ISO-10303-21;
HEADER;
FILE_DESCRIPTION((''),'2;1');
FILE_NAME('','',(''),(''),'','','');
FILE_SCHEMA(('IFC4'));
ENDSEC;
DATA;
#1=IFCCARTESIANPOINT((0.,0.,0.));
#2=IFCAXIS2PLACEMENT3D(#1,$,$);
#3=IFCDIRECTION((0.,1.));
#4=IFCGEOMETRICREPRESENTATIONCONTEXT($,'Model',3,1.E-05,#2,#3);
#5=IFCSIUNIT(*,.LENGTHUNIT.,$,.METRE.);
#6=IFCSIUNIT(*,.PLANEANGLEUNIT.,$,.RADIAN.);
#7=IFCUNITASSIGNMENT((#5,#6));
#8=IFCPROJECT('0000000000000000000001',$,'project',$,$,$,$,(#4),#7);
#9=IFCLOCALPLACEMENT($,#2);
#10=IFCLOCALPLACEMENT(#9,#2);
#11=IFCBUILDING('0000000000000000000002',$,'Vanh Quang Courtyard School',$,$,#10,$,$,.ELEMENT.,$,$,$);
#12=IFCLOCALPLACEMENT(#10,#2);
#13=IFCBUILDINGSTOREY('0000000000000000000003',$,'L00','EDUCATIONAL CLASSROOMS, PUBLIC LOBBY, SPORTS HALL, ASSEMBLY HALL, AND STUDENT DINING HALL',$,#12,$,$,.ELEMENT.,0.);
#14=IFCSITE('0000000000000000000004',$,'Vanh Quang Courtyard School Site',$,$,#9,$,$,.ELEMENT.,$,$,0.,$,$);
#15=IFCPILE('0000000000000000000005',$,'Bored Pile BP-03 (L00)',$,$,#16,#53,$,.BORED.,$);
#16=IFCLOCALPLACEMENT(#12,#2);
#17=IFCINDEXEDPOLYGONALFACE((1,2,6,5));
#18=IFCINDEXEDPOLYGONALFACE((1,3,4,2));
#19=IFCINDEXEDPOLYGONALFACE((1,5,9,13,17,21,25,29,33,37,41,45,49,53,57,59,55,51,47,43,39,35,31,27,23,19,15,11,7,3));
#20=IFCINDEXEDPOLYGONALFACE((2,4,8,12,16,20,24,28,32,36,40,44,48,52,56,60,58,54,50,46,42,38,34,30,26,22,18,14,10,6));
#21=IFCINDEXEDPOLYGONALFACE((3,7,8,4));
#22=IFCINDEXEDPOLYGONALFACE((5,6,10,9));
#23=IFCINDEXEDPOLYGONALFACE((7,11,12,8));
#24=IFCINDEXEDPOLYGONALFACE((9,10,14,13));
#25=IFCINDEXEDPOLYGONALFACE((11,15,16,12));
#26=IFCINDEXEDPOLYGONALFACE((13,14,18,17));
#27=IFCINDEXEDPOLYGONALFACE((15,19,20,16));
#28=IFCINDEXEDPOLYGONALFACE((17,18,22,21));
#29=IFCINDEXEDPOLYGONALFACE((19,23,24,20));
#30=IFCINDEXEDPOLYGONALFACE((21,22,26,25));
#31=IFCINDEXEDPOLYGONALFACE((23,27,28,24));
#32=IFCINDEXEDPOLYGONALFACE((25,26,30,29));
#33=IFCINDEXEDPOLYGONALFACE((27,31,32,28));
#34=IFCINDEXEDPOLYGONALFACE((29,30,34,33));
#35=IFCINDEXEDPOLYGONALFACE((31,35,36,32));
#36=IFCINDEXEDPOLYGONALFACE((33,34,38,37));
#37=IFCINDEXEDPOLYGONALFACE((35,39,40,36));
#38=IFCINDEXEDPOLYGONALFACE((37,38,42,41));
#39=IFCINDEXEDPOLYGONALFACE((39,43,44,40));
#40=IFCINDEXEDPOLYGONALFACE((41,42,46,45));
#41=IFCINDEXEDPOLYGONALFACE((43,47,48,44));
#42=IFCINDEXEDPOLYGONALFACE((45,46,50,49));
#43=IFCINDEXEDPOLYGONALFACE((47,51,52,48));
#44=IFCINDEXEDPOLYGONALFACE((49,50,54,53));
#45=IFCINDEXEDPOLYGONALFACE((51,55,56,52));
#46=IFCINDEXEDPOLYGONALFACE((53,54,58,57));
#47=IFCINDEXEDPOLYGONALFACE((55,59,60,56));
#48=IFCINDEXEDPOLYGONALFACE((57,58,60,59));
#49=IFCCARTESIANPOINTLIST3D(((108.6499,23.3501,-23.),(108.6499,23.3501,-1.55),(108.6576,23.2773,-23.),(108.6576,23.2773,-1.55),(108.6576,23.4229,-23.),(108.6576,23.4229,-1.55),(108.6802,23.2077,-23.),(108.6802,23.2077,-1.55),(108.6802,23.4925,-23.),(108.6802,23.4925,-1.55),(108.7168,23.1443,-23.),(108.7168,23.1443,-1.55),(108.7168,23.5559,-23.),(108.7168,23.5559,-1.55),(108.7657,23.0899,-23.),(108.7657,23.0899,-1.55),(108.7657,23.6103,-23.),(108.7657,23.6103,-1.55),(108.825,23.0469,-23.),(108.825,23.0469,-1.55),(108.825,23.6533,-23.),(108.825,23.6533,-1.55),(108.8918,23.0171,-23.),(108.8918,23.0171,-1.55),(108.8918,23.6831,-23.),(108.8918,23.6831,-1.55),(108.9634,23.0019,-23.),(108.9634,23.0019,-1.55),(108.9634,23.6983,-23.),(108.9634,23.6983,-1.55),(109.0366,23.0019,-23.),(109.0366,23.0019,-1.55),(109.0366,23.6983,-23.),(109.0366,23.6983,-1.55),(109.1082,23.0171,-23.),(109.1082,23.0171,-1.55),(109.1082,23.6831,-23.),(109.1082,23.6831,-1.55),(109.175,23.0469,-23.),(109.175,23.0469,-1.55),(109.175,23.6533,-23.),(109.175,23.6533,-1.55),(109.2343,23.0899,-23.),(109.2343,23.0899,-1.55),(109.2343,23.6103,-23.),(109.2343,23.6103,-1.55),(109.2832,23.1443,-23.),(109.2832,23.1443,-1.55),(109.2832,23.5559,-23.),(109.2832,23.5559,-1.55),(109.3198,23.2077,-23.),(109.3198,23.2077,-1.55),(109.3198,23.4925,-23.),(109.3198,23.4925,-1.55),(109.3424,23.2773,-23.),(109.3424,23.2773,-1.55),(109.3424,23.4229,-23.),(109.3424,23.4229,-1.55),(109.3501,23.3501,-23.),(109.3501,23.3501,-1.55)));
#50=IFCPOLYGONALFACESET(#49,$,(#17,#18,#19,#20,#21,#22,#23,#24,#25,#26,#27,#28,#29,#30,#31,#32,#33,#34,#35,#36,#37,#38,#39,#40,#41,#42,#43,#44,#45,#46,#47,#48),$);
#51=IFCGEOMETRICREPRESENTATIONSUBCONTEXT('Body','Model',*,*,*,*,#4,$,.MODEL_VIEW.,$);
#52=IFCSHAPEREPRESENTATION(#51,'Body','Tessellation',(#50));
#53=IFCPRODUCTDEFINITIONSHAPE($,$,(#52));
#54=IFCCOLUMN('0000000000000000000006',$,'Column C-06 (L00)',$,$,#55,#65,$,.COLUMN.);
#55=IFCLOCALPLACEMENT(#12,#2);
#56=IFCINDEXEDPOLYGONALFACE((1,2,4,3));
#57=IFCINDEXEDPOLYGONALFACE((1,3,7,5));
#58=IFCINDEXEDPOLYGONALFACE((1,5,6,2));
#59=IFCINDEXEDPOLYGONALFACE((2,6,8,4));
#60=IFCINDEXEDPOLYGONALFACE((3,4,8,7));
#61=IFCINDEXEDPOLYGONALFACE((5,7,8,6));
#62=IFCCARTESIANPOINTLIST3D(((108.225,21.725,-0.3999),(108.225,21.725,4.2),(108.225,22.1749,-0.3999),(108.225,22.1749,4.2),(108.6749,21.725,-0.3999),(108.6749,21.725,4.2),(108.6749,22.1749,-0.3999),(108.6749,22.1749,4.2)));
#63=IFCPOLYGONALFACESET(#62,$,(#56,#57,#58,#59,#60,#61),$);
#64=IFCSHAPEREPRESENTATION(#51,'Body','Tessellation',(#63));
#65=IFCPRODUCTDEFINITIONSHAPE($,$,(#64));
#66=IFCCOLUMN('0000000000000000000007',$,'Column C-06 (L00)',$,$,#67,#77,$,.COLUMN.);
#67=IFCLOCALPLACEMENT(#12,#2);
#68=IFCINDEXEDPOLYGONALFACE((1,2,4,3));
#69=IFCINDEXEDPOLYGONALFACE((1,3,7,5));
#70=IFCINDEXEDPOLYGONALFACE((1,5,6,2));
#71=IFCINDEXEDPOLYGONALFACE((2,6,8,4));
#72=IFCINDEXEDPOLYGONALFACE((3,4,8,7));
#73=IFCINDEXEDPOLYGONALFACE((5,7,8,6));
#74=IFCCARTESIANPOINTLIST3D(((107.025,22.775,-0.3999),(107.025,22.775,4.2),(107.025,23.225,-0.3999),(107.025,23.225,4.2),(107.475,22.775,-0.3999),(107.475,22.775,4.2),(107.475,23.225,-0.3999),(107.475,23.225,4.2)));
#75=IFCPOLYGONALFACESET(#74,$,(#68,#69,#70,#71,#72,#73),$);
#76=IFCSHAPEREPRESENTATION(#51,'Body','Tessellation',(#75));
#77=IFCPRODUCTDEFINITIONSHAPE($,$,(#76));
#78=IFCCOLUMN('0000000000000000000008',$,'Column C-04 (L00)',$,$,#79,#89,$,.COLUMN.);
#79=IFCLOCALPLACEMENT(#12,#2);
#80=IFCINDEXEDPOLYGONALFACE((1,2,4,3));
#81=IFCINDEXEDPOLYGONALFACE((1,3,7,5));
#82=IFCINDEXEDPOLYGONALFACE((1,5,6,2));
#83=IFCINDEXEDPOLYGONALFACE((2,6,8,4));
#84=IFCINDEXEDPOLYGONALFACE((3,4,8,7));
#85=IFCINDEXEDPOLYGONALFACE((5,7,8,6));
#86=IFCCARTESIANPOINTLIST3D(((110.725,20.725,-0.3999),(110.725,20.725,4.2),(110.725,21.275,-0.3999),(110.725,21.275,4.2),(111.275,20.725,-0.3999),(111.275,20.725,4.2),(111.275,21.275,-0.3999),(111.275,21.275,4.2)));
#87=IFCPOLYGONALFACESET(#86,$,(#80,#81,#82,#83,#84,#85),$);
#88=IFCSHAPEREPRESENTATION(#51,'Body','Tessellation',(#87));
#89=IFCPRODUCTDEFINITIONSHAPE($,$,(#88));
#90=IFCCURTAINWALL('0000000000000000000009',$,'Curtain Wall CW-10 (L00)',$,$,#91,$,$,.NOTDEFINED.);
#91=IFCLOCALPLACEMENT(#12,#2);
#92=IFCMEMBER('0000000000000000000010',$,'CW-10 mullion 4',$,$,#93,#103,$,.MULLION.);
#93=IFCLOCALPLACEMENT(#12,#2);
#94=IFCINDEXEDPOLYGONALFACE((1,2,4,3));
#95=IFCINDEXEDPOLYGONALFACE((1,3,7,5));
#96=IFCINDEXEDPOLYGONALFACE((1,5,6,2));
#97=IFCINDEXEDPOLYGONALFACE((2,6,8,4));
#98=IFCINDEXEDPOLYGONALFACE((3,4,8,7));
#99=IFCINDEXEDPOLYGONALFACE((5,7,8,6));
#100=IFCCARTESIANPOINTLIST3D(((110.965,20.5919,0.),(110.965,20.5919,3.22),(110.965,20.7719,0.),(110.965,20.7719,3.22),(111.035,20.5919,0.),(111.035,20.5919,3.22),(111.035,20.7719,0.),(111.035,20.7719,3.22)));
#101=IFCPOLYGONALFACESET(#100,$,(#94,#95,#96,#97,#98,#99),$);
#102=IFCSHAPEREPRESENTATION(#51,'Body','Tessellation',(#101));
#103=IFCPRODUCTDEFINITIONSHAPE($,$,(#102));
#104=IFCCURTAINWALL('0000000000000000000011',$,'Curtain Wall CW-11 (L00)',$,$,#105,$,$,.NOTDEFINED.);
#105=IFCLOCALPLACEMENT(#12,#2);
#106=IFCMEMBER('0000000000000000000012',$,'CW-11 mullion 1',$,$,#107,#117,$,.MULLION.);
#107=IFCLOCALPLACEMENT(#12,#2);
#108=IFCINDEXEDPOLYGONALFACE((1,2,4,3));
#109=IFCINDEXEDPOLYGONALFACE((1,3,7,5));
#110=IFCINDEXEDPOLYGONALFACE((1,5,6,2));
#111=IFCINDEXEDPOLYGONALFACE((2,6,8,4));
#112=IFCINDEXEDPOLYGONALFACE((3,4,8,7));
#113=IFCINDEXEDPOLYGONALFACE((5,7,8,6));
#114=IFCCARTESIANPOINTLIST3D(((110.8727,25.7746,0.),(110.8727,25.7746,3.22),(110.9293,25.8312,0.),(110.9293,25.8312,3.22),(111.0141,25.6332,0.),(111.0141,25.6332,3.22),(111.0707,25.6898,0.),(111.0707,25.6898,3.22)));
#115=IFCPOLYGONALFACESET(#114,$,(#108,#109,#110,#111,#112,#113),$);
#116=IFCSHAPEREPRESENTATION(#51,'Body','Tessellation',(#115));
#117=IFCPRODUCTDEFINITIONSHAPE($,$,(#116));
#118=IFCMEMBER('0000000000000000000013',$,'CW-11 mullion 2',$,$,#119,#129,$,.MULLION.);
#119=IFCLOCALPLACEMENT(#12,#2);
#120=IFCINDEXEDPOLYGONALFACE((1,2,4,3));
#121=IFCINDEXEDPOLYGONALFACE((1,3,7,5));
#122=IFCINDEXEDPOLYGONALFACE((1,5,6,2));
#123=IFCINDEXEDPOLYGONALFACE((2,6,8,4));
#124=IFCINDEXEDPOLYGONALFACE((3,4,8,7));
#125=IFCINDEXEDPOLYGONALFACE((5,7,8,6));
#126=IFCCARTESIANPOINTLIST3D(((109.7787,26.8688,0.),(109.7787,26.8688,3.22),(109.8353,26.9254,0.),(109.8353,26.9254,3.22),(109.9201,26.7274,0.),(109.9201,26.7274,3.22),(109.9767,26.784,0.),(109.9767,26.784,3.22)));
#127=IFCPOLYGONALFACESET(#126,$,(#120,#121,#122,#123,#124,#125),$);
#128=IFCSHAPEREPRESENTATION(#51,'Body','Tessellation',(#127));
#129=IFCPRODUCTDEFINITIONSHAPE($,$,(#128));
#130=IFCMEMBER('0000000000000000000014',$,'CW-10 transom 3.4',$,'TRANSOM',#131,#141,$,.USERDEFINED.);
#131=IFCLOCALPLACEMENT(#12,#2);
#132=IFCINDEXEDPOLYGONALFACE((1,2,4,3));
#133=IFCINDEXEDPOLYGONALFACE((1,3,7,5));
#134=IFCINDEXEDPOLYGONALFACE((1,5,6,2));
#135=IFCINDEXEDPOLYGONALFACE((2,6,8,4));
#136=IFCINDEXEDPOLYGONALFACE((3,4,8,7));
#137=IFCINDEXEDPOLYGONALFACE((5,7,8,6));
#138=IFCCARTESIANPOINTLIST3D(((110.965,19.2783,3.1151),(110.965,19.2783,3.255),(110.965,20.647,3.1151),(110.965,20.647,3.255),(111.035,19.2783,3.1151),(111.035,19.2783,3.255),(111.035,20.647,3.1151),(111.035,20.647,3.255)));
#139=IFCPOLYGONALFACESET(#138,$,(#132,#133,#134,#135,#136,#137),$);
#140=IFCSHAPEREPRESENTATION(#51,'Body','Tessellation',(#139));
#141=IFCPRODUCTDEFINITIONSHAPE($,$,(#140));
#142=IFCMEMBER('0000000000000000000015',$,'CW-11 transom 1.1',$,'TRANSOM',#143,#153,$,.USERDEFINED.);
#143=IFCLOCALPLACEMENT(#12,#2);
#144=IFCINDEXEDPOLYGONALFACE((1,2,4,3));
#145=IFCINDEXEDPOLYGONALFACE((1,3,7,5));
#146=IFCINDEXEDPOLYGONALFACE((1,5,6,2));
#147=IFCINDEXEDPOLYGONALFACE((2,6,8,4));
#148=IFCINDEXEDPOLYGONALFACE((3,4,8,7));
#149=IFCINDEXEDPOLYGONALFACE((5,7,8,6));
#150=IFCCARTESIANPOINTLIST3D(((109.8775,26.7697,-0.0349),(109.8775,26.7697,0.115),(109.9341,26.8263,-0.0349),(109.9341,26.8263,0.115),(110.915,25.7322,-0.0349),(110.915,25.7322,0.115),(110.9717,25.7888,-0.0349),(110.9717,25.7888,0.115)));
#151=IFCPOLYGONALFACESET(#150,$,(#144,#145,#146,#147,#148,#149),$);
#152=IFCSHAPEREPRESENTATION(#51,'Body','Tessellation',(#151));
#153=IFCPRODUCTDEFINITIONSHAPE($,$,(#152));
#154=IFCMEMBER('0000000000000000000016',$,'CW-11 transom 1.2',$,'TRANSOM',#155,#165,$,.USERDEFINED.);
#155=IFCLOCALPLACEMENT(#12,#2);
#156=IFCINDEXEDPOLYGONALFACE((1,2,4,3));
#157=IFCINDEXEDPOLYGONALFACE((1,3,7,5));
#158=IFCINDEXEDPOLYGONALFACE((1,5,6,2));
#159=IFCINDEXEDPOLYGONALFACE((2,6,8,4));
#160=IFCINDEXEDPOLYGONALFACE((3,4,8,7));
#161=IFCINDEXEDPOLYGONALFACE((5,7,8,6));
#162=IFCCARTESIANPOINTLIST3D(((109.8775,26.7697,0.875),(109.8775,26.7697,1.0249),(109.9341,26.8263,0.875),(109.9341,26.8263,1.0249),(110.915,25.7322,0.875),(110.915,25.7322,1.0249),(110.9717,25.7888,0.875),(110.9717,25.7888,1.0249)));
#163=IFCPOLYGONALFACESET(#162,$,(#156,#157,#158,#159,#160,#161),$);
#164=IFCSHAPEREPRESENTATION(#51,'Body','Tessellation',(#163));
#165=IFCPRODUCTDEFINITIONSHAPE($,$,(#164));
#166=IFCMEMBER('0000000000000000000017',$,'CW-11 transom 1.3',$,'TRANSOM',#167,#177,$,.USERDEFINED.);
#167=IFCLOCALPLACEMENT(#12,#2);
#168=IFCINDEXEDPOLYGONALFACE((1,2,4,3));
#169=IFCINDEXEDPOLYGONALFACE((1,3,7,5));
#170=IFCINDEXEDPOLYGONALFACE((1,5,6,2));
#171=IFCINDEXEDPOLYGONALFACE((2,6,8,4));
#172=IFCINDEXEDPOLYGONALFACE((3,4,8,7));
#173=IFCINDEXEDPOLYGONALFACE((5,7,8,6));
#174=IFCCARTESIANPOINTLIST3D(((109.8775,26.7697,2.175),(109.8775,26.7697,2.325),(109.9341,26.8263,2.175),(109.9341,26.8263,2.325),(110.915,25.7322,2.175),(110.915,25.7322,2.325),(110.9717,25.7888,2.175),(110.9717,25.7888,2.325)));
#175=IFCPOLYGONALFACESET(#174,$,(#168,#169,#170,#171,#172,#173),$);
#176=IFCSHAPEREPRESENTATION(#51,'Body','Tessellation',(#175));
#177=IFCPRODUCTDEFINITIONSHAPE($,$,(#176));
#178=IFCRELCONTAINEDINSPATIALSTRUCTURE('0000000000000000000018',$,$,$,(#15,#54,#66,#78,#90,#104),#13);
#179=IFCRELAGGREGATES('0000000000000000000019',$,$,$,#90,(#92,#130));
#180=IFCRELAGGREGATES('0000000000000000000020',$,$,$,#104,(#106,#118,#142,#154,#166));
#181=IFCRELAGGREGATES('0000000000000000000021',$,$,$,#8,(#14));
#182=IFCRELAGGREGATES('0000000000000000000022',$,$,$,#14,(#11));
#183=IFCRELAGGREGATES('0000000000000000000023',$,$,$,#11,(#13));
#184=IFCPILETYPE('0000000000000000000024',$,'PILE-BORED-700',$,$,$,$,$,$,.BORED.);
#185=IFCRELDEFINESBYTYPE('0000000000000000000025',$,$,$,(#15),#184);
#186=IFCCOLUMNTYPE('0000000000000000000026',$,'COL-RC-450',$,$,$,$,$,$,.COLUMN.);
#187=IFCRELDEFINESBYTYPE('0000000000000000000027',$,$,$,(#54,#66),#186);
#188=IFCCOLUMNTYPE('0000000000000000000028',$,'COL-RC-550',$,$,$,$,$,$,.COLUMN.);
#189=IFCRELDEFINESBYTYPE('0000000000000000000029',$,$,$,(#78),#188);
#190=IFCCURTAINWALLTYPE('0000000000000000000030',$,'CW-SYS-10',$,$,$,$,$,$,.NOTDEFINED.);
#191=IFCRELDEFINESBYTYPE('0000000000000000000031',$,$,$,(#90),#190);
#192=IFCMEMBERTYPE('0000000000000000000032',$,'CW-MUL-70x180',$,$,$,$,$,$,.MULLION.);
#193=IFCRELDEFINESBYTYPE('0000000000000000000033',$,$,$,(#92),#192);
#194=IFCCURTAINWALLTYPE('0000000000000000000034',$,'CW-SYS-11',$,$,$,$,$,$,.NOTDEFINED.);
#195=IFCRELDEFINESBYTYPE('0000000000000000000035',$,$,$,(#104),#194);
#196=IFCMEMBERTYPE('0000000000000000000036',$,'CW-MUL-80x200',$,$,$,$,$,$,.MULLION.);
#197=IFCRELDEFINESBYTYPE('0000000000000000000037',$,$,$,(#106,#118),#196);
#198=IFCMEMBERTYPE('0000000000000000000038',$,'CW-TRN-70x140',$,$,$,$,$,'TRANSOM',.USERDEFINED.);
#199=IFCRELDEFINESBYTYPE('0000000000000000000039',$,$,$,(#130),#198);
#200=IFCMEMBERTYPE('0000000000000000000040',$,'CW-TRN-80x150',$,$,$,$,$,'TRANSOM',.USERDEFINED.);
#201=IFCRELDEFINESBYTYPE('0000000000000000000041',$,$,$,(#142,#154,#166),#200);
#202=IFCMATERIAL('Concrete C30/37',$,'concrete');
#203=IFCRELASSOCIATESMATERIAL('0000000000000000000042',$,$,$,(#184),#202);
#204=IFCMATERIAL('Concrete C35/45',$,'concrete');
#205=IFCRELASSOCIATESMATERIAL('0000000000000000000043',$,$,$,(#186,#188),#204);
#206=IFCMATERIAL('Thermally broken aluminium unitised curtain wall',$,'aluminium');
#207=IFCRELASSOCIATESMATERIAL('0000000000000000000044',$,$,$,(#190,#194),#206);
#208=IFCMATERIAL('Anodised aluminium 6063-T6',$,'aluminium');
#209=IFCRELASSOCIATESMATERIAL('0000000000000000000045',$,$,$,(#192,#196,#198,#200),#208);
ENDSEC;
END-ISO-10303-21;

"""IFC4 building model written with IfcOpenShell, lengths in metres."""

from ifc_helpers import new_model, si_unit, direction, frame, origin, origin_2d, place, context, subcontext, project, spatial, rectangle, circle, extrude, material, material_profile, profile_set, type_object, element, aggregate, save


model = new_model("IFC4")

# Units and contexts
model_context = context("Model", 3, precision=1e-05, world=origin(), true_north=direction((0.0, 1.0)))
body_context = subcontext(model_context, "Body", "Model", "MODEL_VIEW")
ifc_project = project(units=[si_unit("LENGTHUNIT", "METRE"), si_unit("PLANEANGLEUNIT", "RADIAN")], contexts=[model_context])

# Site, building, storey
site_placement = place(None, origin())
site = spatial("IfcSite", under=ifc_project, at=site_placement, Name="Vanh Quang Courtyard School Site", CompositionType="ELEMENT", RefElevation=0.0)
building_placement = place(site_placement, origin())
building = spatial("IfcBuilding", under=site, at=building_placement, Name="Vanh Quang Courtyard School", CompositionType="ELEMENT")
storey_placement = place(building_placement, origin())
storey = spatial("IfcBuildingStorey", under=building, at=storey_placement, Name="L00", Description="EDUCATIONAL CLASSROOMS, PUBLIC LOBBY, SPORTS HALL, ASSEMBLY HALL, AND STUDENT DINING HALL", CompositionType="ELEMENT", Elevation=0.0)

# Shared definitions
ifc_material_1 = material(Name="Concrete C35/45", Category="concrete")

# Pile
ifc_material_2 = material(Name="Concrete C30/37", Category="concrete")
ifc_material_profile_1 = material_profile(ifc_material_2, circle(Radius=0.3501, at=origin_2d()), Name="PILE D700")
ifc_profile_set_1 = profile_set([ifc_material_profile_1], Name="Concrete C30/37")
pile_type_1 = type_object("IfcPileType", Name="PILE-BORED-700", PredefinedType="BORED", material=ifc_profile_set_1)
for number, where, z_axis, x_axis, name in (
    (1, (109.0, 23.3501, -1.55), (0.0, 0.0, -1.0), (1.0, 0.0, 0.0), "Bored Pile BP-03 (L00)"),
):
    element("IfcPile", number, at=place(storey_placement, frame(where, z_axis=z_axis, x_axis=x_axis)), inside=storey, type_object=pile_type_1, Name=name, PredefinedType="BORED", context=body_context, shape_type="SweptSolid", body=[
        extrude(circle(Radius=0.3501, at=origin_2d()), origin(), (0.0, 0.0, 1.0), 21.45),
    ])

# Columns
ifc_material_profile_2 = material_profile(ifc_material_1, rectangle(XDim=0.45, YDim=0.45, at=origin_2d()), Name="RC-COL 450x450")
ifc_profile_set_2 = profile_set([ifc_material_profile_2], Name="Concrete C35/45")
column_type_1 = type_object("IfcColumnType", Name="COL-RC-450", PredefinedType="COLUMN", material=ifc_profile_set_2)
for number, where, z_axis, x_axis, name in (
    (2, (108.45, 21.95, -0.3999), (0.0, 0.0, 1.0), (1.0, 0.0, 0.0), "Column C-06 (L00)"),
    (3, (107.25, 23.0, -0.3999), (0.0, 0.0, 1.0), (1.0, 0.0, 0.0), "Column C-06 (L00)"),
):
    element("IfcColumn", number, at=place(storey_placement, frame(where, z_axis=z_axis, x_axis=x_axis)), inside=storey, type_object=column_type_1, Name=name, PredefinedType="COLUMN", context=body_context, shape_type="SweptSolid", body=[
        extrude(rectangle(XDim=0.45, YDim=0.45, at=origin_2d()), origin(), (0.0, 0.0, 1.0), 4.5999),
    ])
ifc_material_profile_3 = material_profile(ifc_material_1, rectangle(XDim=0.55, YDim=0.55, at=origin_2d()), Name="RC-COL 550x550")
ifc_profile_set_3 = profile_set([ifc_material_profile_3], Name="Concrete C35/45")
column_type_2 = type_object("IfcColumnType", Name="COL-RC-550", PredefinedType="COLUMN", material=ifc_profile_set_3)
column_placement = place(storey_placement, frame((111.0, 21.0, -0.3999), z_axis=(0.0, 0.0, 1.0), x_axis=(1.0, 0.0, 0.0)))
element("IfcColumn", 4, at=column_placement, inside=storey, type_object=column_type_2, Name="Column C-04 (L00)", PredefinedType="COLUMN", context=body_context, shape_type="SweptSolid", body=[
    extrude(rectangle(XDim=0.55, YDim=0.55, at=origin_2d()), origin(), (0.0, 0.0, 1.0), 4.5999),
])

# Curtain wall, member
ifc_material_3 = material(Name="Thermally broken aluminium unitised curtain wall", Category="aluminium")
curtain_wall_type_1 = type_object("IfcCurtainWallType", Name="CW-SYS-10", PredefinedType="NOTDEFINED", material=ifc_material_3)
curtain_wall_1_placement = place(storey_placement, origin())
curtain_wall_1 = element("IfcCurtainWall", 5, at=curtain_wall_1_placement, inside=storey, type_object=curtain_wall_type_1, Name="Curtain Wall CW-10 (L00)", PredefinedType="NOTDEFINED")
ifc_material_4 = material(Name="Anodised aluminium 6063-T6", Category="aluminium")
ifc_material_profile_4 = material_profile(ifc_material_4, rectangle(XDim=0.0701, YDim=0.1799, at=origin_2d()), Name="ALU-MUL 70x180")
ifc_profile_set_4 = profile_set([ifc_material_profile_4], Name="Anodised aluminium 6063-T6")
member_type_1 = type_object("IfcMemberType", Name="CW-MUL-70x180", PredefinedType="MULLION", material=ifc_profile_set_4)
member_1_placement = place(storey_placement, frame((111.0, 20.6819, 0.0), z_axis=(0.0, 0.0, 1.0), x_axis=(-1.0, 0.0, 0.0)))
member_1 = element("IfcMember", 6, at=member_1_placement, type_object=member_type_1, Name="CW-10 mullion 4", PredefinedType="MULLION", context=body_context, shape_type="SweptSolid", body=[
    extrude(rectangle(XDim=0.0701, YDim=0.1799, at=origin_2d()), origin(), (0.0, 0.0, 1.0), 3.22),
])

# Curtain wall, members
curtain_wall_type_2 = type_object("IfcCurtainWallType", Name="CW-SYS-11", PredefinedType="NOTDEFINED", material=ifc_material_3)
curtain_wall_2_placement = place(storey_placement, origin())
curtain_wall_2 = element("IfcCurtainWall", 7, at=curtain_wall_2_placement, inside=storey, type_object=curtain_wall_type_2, Name="Curtain Wall CW-11 (L00)", PredefinedType="NOTDEFINED")
ifc_material_profile_5 = material_profile(ifc_material_4, rectangle(XDim=0.0801, YDim=0.2, at=origin_2d()), Name="ALU-MUL 80x200")
ifc_profile_set_5 = profile_set([ifc_material_profile_5], Name="Anodised aluminium 6063-T6")
member_type_2 = type_object("IfcMemberType", Name="CW-MUL-80x200", PredefinedType="MULLION", material=ifc_profile_set_5)
member_2_placement = place(storey_placement, frame((110.9717, 25.7322, 0.0), z_axis=(0.0, 0.0, 1.0), x_axis=(-0.707107, -0.707107, 0.0)))
member_2 = element("IfcMember", 8, at=member_2_placement, type_object=member_type_2, Name="CW-11 mullion 1", PredefinedType="MULLION", context=body_context, shape_type="SweptSolid", body=[
    extrude(rectangle(XDim=0.0801, YDim=0.2, at=origin_2d()), origin(), (0.0, 0.0, 1.0), 3.22),
])
member_3_placement = place(storey_placement, frame((109.8777, 26.8264, 0.0), z_axis=(0.0, 0.0, 1.0), x_axis=(-0.707107, -0.707107, 0.0)))
member_3 = element("IfcMember", 9, at=member_3_placement, type_object=member_type_2, Name="CW-11 mullion 2", PredefinedType="MULLION", context=body_context, shape_type="SweptSolid", body=[
    extrude(rectangle(XDim=0.0801, YDim=0.2, at=origin_2d()), origin(), (0.0, 0.0, 1.0), 3.22),
])

# Members
ifc_material_profile_6 = material_profile(ifc_material_4, rectangle(XDim=0.0701, YDim=0.1399, at=origin_2d()), Name="ALU-TRN 70x140")
ifc_profile_set_6 = profile_set([ifc_material_profile_6], Name="Anodised aluminium 6063-T6")
member_type_3 = type_object("IfcMemberType", Name="CW-TRN-70x140", ElementType="TRANSOM", PredefinedType="USERDEFINED", material=ifc_profile_set_6)
member_4_placement = place(storey_placement, frame((111.0, 19.2783, 3.1851), z_axis=(0.0, 1.0, 0.0), x_axis=(-1.0, 0.0, 0.0)))
member_4 = element("IfcMember", 10, at=member_4_placement, type_object=member_type_3, Name="CW-10 transom 3.4", ObjectType="TRANSOM", PredefinedType="USERDEFINED", context=body_context, shape_type="SweptSolid", body=[
    extrude(rectangle(XDim=0.0701, YDim=0.1399, at=origin_2d()), origin(), (0.0, 0.0, 1.0), 1.3687),
])
ifc_material_profile_7 = material_profile(ifc_material_4, rectangle(XDim=0.0801, YDim=0.1499, at=origin_2d()), Name="ALU-TRN 80x150")
ifc_profile_set_7 = profile_set([ifc_material_profile_7], Name="Anodised aluminium 6063-T6")
member_type_4 = type_object("IfcMemberType", Name="CW-TRN-80x150", ElementType="TRANSOM", PredefinedType="USERDEFINED", material=ifc_profile_set_7)
member_5_placement = place(storey_placement, frame((110.9434, 25.7605, 0.04), z_axis=(-0.707107, 0.707107, 0.0), x_axis=(-0.707107, -0.707107, 0.0)))
member_5 = element("IfcMember", 11, at=member_5_placement, type_object=member_type_4, Name="CW-11 transom 1.1", ObjectType="TRANSOM", PredefinedType="USERDEFINED", context=body_context, shape_type="SweptSolid", body=[
    extrude(rectangle(XDim=0.0801, YDim=0.1499, at=origin_2d()), origin(), (0.0, 0.0, 1.0), 1.4673),
])
member_6_placement = place(storey_placement, frame((110.9434, 25.7605, 0.95), z_axis=(-0.707107, 0.707107, 0.0), x_axis=(-0.707107, -0.707107, 0.0)))
member_6 = element("IfcMember", 12, at=member_6_placement, type_object=member_type_4, Name="CW-11 transom 1.2", ObjectType="TRANSOM", PredefinedType="USERDEFINED", context=body_context, shape_type="SweptSolid", body=[
    extrude(rectangle(XDim=0.0801, YDim=0.1499, at=origin_2d()), origin(), (0.0, 0.0, 1.0), 1.4673),
])
member_7_placement = place(storey_placement, frame((110.9434, 25.7605, 2.25), z_axis=(-0.707107, 0.707107, 0.0), x_axis=(-0.707107, -0.707107, 0.0)))
member_7 = element("IfcMember", 13, at=member_7_placement, type_object=member_type_4, Name="CW-11 transom 1.3", ObjectType="TRANSOM", PredefinedType="USERDEFINED", context=body_context, shape_type="SweptSolid", body=[
    extrude(rectangle(XDim=0.0801, YDim=0.1499, at=origin_2d()), origin(), (0.0, 0.0, 1.0), 1.4673),
])

aggregate(curtain_wall_1, [member_1, member_4])
aggregate(curtain_wall_2, [member_2, member_3, member_5, member_6, member_7])

save(model, "model.ifc")
